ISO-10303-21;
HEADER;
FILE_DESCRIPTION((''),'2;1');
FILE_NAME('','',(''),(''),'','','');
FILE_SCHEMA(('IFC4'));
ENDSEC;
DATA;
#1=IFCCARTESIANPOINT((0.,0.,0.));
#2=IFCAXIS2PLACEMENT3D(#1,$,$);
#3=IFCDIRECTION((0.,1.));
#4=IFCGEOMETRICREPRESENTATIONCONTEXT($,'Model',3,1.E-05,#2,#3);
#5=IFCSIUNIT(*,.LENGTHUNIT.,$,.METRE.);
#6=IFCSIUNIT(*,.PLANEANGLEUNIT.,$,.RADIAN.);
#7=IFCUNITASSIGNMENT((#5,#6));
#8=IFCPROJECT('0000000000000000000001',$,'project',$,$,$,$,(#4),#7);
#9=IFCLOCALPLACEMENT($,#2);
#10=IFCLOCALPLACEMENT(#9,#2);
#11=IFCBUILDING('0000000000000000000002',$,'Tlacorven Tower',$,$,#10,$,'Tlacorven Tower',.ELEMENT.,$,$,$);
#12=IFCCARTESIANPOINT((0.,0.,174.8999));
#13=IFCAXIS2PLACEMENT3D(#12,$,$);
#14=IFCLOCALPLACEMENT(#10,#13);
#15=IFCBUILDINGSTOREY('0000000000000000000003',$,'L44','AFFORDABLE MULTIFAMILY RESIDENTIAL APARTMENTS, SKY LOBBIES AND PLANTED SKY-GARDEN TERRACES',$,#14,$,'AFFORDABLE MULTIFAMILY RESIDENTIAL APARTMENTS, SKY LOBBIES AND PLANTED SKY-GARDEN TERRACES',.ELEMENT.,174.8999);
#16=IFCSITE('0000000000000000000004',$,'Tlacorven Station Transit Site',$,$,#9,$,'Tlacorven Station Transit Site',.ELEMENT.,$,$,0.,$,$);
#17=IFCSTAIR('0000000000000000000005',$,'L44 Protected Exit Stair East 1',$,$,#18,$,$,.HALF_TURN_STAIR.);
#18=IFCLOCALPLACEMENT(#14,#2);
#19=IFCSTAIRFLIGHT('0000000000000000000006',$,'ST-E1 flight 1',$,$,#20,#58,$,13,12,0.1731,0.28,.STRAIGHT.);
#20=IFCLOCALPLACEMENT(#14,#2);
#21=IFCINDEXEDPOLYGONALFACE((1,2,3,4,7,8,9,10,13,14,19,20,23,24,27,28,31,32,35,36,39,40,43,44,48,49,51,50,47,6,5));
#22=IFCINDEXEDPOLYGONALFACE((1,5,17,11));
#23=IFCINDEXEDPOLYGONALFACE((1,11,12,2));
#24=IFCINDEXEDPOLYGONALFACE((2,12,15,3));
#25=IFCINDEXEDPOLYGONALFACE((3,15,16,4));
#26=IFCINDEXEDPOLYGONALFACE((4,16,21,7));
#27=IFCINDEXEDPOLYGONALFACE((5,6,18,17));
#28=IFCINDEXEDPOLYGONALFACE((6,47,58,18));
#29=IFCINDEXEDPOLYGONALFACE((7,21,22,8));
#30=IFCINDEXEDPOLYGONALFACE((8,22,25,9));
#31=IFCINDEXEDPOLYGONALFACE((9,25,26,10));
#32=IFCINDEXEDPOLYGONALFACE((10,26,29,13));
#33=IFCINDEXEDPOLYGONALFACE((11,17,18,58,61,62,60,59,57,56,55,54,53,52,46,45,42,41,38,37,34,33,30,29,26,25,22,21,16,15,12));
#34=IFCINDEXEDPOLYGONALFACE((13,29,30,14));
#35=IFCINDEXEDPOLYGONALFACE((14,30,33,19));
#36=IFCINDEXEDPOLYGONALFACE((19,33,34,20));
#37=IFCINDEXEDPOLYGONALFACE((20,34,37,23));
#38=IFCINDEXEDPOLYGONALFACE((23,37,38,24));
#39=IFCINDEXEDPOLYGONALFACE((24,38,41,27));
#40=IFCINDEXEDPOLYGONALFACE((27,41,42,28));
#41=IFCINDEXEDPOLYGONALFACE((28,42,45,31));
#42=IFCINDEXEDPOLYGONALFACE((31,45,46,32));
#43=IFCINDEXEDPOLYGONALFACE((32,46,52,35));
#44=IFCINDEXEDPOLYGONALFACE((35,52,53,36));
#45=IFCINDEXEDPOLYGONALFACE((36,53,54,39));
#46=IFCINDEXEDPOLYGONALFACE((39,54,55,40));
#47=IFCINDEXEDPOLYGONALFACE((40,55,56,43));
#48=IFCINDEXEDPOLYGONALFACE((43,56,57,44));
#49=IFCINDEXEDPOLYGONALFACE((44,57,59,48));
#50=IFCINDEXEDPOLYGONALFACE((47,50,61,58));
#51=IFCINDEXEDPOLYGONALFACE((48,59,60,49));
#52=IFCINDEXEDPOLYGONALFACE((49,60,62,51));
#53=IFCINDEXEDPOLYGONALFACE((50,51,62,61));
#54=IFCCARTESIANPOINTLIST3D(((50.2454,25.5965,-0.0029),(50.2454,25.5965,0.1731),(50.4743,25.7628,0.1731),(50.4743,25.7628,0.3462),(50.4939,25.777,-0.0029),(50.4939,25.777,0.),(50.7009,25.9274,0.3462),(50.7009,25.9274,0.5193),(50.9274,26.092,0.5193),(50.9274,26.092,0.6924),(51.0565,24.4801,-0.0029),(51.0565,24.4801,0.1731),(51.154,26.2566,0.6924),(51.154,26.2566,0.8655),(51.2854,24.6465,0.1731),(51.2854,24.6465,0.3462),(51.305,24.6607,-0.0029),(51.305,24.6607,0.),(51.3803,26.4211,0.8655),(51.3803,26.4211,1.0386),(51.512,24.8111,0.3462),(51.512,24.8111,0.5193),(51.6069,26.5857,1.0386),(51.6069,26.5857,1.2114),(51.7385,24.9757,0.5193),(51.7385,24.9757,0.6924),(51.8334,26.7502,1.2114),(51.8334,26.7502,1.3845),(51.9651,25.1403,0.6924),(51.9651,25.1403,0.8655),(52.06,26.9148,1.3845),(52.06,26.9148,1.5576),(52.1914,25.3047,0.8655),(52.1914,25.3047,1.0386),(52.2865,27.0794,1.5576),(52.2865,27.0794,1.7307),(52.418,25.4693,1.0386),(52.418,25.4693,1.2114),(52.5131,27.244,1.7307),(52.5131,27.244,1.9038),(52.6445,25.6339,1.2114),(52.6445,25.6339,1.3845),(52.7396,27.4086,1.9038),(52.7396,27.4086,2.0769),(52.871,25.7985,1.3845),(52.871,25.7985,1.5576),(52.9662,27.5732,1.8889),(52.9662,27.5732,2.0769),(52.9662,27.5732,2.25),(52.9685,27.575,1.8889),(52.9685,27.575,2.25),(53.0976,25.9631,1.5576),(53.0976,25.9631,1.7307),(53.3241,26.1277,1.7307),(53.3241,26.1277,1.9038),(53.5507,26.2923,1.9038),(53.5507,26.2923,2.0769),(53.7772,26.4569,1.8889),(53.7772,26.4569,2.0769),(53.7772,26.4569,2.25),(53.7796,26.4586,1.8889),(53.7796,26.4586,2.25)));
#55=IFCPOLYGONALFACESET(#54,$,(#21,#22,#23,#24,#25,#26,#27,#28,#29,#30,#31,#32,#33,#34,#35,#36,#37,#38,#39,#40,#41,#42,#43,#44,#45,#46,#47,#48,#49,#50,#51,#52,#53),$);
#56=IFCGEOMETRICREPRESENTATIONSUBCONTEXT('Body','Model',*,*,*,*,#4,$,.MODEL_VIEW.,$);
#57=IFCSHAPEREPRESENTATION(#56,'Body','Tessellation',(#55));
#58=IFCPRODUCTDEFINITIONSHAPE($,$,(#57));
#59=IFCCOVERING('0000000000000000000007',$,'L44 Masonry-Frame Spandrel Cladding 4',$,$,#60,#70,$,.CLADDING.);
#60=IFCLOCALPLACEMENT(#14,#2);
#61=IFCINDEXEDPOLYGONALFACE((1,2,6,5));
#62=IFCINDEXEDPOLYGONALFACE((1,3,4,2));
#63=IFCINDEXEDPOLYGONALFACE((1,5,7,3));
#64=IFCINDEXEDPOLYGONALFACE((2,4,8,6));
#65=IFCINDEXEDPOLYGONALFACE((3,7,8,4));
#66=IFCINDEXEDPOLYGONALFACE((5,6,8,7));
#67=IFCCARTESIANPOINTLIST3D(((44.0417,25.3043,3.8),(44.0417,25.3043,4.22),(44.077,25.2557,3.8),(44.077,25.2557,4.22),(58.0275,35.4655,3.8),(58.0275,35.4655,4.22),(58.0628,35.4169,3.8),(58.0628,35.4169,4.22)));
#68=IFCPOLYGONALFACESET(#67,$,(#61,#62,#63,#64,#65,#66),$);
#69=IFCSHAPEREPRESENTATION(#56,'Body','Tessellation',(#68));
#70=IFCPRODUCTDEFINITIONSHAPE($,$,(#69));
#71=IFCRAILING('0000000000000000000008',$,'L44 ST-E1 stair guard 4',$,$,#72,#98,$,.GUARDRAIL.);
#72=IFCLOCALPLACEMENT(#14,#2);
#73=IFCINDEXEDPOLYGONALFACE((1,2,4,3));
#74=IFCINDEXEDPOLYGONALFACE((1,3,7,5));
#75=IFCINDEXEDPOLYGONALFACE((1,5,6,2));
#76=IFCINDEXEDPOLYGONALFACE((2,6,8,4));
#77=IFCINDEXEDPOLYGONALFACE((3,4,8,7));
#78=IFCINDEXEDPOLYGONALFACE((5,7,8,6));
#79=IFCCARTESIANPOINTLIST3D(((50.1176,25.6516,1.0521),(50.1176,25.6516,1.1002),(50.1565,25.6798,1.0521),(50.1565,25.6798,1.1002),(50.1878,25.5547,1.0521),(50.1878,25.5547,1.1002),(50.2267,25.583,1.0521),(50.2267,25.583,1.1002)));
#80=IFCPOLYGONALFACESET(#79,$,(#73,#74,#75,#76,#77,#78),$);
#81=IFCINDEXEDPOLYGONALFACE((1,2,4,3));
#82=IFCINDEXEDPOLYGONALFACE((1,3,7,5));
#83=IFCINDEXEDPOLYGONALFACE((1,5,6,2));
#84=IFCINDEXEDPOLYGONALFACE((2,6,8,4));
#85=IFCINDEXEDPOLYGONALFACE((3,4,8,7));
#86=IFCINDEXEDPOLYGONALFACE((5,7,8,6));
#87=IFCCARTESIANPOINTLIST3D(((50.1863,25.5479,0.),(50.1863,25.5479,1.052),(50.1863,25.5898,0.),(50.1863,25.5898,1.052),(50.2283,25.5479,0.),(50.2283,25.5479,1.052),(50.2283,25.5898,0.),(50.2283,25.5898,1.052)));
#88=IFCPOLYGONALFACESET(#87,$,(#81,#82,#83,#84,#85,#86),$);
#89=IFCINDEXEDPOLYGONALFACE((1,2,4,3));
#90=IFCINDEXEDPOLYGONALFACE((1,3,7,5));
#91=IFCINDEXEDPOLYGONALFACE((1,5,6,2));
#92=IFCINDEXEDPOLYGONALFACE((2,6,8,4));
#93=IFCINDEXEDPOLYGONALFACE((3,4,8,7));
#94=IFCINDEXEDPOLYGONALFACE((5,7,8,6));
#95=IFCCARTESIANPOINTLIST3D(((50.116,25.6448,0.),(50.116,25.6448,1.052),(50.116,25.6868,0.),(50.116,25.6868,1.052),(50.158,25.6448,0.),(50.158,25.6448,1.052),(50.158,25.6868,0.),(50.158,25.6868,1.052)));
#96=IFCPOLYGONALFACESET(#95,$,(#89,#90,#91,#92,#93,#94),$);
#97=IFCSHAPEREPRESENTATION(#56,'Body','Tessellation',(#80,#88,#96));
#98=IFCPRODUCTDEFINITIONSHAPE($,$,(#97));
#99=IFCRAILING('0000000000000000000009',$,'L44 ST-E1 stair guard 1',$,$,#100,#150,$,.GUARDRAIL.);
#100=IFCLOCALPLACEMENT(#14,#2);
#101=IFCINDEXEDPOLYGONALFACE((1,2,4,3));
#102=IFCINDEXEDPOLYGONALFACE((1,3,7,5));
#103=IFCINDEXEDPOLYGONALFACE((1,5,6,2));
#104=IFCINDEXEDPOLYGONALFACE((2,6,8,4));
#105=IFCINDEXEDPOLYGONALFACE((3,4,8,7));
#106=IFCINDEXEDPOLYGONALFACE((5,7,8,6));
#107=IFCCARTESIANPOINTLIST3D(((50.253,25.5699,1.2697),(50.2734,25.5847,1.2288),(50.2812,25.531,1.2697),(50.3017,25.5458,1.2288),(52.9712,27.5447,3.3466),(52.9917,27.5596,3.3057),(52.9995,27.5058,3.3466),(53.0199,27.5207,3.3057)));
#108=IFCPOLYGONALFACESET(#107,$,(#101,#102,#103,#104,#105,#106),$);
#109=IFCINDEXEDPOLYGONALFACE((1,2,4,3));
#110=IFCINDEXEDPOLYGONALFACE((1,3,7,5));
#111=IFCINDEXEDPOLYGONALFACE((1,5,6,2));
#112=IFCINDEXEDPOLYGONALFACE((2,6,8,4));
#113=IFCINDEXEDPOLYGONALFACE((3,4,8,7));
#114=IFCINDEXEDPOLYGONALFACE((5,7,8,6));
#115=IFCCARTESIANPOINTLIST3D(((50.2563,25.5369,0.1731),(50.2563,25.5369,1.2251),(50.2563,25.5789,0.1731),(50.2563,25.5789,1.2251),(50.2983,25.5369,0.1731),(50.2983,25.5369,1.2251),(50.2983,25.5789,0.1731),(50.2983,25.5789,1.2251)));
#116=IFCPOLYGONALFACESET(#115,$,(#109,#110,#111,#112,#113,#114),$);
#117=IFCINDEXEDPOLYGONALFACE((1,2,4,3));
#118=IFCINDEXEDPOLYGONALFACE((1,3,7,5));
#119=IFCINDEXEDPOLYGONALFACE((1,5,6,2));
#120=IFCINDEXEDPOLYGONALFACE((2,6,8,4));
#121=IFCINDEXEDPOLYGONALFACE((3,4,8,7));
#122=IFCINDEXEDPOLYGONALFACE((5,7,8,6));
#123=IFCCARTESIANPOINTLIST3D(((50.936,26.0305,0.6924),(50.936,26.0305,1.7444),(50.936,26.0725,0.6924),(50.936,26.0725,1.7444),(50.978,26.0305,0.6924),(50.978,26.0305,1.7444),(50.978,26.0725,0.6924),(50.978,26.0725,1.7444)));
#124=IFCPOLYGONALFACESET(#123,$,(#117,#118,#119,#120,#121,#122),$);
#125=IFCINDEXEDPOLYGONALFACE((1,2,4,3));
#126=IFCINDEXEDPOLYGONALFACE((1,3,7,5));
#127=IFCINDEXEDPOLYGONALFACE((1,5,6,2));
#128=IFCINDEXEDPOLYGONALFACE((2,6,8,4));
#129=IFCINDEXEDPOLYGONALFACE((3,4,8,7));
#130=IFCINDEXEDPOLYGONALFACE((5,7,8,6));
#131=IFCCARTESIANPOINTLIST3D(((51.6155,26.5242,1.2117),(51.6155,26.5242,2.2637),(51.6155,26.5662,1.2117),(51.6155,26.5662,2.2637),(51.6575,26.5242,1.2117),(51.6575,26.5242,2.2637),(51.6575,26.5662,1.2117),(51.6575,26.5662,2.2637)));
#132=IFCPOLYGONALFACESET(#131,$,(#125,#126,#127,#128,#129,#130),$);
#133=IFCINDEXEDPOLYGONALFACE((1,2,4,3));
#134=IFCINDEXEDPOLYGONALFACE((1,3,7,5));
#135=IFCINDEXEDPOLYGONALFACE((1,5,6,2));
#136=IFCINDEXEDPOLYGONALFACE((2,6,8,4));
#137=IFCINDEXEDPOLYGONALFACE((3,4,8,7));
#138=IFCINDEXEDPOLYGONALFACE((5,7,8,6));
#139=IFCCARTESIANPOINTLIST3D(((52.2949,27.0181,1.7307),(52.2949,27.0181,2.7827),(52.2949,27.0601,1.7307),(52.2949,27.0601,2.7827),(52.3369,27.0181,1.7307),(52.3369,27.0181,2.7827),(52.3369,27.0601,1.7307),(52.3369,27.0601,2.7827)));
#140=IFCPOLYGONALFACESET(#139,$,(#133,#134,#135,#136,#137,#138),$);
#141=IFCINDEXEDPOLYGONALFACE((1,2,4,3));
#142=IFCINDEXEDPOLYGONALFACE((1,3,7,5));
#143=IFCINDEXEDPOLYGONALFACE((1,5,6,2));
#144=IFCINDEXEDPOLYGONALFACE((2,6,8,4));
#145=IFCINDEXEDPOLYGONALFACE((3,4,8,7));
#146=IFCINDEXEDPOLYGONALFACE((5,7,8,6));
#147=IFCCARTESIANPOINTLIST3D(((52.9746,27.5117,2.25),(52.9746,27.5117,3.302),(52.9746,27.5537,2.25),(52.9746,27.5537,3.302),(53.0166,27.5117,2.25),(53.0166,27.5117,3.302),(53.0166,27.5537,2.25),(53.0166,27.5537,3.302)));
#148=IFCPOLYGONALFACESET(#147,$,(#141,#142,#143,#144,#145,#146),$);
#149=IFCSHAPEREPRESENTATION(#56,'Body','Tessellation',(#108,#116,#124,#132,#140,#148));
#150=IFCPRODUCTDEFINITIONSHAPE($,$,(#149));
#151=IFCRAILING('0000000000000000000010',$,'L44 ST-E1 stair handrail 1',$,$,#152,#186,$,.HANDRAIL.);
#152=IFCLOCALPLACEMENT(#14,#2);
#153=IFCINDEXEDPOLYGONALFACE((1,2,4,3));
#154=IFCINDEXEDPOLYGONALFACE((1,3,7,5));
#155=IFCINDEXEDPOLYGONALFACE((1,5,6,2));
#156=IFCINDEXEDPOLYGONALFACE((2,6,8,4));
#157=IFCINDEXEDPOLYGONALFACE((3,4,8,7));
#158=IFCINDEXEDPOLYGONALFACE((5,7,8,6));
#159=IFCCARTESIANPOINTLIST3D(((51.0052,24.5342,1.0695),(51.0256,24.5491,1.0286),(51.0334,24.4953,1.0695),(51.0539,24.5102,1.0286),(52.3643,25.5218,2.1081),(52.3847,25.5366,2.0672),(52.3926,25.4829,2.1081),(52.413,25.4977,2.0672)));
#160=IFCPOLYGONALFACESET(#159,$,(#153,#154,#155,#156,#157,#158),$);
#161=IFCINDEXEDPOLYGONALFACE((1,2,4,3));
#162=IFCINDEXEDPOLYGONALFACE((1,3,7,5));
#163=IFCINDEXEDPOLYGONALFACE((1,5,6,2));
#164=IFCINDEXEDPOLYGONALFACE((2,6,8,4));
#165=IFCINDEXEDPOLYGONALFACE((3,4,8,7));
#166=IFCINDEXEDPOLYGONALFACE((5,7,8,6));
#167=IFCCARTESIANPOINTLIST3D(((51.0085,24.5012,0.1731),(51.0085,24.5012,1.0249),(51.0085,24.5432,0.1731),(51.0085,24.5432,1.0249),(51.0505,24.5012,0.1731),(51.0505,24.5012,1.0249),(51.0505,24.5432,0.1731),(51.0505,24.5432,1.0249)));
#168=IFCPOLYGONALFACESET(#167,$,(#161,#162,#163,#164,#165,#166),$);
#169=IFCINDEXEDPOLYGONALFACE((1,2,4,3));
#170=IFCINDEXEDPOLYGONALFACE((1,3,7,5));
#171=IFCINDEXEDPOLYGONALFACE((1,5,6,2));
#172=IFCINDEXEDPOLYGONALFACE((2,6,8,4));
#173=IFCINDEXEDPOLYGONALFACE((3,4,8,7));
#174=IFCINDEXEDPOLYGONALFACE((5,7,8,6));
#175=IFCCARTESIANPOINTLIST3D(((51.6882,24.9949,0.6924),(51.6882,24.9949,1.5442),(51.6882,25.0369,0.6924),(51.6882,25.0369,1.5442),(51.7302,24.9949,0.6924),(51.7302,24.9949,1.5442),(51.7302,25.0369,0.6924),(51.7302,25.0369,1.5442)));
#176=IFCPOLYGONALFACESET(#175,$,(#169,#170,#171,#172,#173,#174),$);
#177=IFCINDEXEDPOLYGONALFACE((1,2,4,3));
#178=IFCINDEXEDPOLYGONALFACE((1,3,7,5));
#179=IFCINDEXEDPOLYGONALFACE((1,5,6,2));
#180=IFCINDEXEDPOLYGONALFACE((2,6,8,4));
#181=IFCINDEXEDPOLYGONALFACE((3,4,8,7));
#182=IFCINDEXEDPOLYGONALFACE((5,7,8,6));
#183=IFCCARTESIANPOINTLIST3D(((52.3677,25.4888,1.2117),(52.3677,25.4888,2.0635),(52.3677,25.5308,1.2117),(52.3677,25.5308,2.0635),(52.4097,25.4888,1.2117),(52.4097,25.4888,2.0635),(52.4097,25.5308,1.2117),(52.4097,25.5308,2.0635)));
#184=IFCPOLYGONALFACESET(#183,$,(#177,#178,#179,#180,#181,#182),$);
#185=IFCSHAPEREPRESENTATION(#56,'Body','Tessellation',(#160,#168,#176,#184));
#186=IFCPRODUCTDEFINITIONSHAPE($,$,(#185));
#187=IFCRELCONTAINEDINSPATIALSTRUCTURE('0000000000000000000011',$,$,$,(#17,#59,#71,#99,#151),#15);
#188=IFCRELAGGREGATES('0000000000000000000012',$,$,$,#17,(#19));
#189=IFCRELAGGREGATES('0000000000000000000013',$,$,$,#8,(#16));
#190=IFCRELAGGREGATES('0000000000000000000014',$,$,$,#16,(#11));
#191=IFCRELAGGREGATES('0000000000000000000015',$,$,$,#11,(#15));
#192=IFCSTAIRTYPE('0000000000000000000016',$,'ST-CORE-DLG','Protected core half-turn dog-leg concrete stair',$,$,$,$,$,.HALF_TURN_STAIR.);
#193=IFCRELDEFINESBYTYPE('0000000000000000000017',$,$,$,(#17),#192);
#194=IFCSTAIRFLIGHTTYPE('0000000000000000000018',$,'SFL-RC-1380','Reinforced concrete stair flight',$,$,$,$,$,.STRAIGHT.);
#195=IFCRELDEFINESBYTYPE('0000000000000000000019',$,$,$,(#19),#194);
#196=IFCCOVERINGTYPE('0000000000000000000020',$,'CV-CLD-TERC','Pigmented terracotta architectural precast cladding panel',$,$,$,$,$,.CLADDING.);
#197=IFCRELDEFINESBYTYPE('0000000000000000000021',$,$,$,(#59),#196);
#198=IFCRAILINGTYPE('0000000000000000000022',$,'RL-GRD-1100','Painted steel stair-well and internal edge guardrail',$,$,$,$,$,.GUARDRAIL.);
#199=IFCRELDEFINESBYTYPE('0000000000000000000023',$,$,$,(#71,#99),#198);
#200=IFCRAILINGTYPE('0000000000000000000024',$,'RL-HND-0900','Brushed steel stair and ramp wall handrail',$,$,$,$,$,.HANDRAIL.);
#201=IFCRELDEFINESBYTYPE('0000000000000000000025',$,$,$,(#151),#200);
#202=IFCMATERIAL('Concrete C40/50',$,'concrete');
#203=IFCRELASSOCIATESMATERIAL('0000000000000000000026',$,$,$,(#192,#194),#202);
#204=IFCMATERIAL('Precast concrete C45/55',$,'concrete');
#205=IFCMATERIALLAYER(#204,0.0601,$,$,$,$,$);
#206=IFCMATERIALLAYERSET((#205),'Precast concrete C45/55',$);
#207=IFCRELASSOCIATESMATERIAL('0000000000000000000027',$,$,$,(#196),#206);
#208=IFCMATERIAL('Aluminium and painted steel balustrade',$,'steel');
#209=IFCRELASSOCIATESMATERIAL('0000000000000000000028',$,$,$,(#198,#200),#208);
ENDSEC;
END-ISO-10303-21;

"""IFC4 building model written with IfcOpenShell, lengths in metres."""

from ifc_helpers import new_model, si_unit, direction, frame, origin, origin_2d, place, context, subcontext, project, spatial, polyline, rectangle, outline, extrude, source, transform, mapped, material, layer, layer_set, type_object, element, aggregate, save


model = new_model("IFC4")

# Units and contexts
model_context = context("Model", 3, precision=1e-05, world=origin(), true_north=direction((0.0, 1.0)))
body_context = subcontext(model_context, "Body", "Model", "MODEL_VIEW")
ifc_project = project(units=[si_unit("LENGTHUNIT", "METRE"), si_unit("PLANEANGLEUNIT", "RADIAN")], contexts=[model_context])

# Site, building, storey
site_placement = place(None, origin())
site = spatial("IfcSite", under=ifc_project, at=site_placement, Name="Tlacorven Station Transit Site", LongName="Tlacorven Station Transit Site", CompositionType="ELEMENT", RefElevation=0.0)
building_placement = place(site_placement, origin())
building = spatial("IfcBuilding", under=site, at=building_placement, Name="Tlacorven Tower", LongName="Tlacorven Tower", CompositionType="ELEMENT")
storey_placement = place(building_placement, frame((0.0, 0.0, 174.8999)))
storey = spatial("IfcBuildingStorey", under=building, at=storey_placement, Name="L44", Description="AFFORDABLE MULTIFAMILY RESIDENTIAL APARTMENTS, SKY LOBBIES AND PLANTED SKY-GARDEN TERRACES", LongName="AFFORDABLE MULTIFAMILY RESIDENTIAL APARTMENTS, SKY LOBBIES AND PLANTED SKY-GARDEN TERRACES", CompositionType="ELEMENT", Elevation=174.8999)

# Shared definitions
ifc_material_1 = material(Name="Precast concrete C45/55", Category="concrete")

# Stair, stair flight
ifc_material_2 = material(Name="Concrete C40/50", Category="concrete")
stair_type = type_object("IfcStairType", Name="ST-CORE-DLG", Description="Protected core half-turn dog-leg concrete stair", PredefinedType="HALF_TURN_STAIR", material=ifc_material_2)
stair_placement = place(storey_placement, origin())
stair = element("IfcStair", 1, at=stair_placement, inside=storey, type_object=stair_type, Name="L44 Protected Exit Stair East 1", PredefinedType="HALF_TURN_STAIR")
stair_flight_type = type_object("IfcStairFlightType", Name="SFL-RC-1380", Description="Reinforced concrete stair flight", PredefinedType="STRAIGHT", material=ifc_material_2)
shared_shape_1 = source(origin(), body_context, "Body", "SweptSolid", [
    extrude(outline(polyline([(-0.0029, -0.0029), (-0.0029, 0.1731), (0.28, 0.1731), (0.28, 0.3462), (0.5601, 0.3462), (0.5601, 0.5193), (0.8401, 0.5193), (0.8401, 0.6924), (1.1201, 0.6924), (1.1201, 0.8655), (1.3999, 0.8655), (1.3999, 1.0386), (1.6799, 1.0386), (1.6799, 1.2114), (1.96, 1.2114), (1.96, 1.3845), (2.24, 1.3845), (2.24, 1.5576), (2.52, 1.5576), (2.52, 1.7307), (2.8, 1.7307), (2.8, 1.9038), (3.0801, 1.9038), (3.0801, 2.0769), (3.3601, 2.0769), (3.3601, 2.25), (3.363, 2.25), (3.363, 1.8889), (3.3601, 1.8889), (0.3042, 0.0), (0.3042, -0.0029), (-0.0029, -0.0029)])), frame((0.0, 0.6899, 0.0), z_axis=(0.0, -1.0, 0.0), x_axis=(1.0, 0.0, 0.0)), (0.0, 0.0, 1.0), 1.3799),
])
stair_flight_placement = place(storey_placement, frame((50.6533, 25.04, 0.0), z_axis=(0.0, 0.0, 1.0), x_axis=(0.809017, 0.587785, 0.0)))
stair_flight = element("IfcStairFlight", 2, at=stair_flight_placement, type_object=stair_flight_type, Name="ST-E1 flight 1", NumberOfRisers=13, NumberOfTreads=12, PredefinedType="STRAIGHT", RiserHeight=0.1731, TreadLength=0.28, context=body_context, shape_type="MappedRepresentation", body=[
    mapped(shared_shape_1, transform((0.0, 0.0, 0.0), scale=1.0)),
])
aggregate(stair, [stair_flight])

# Covering
ifc_layer_1 = layer(ifc_material_1, 0.0601)
ifc_layer_set_1 = layer_set([ifc_layer_1], Name="Precast concrete C45/55")
covering_type = type_object("IfcCoveringType", Name="CV-CLD-TERC", Description="Pigmented terracotta architectural precast cladding panel", PredefinedType="CLADDING", material=ifc_layer_set_1)
shared_shape_2 = source(origin(), body_context, "Body", "SweptSolid", [
    extrude(rectangle(XDim=17.2874, YDim=0.0601, at=origin_2d()), origin(), (0.0, 0.0, 1.0), 0.4199),
])
covering_placement = place(storey_placement, frame((51.0522, 30.3606, 3.8), z_axis=(0.0, 0.0, 1.0), x_axis=(0.809017, 0.587785, 0.0)))
element("IfcCovering", 3, at=covering_placement, inside=storey, type_object=covering_type, Name="L44 Masonry-Frame Spandrel Cladding 4", PredefinedType="CLADDING", context=body_context, shape_type="MappedRepresentation", body=[
    mapped(shared_shape_2, transform((0.0, 0.0, 0.0), scale=1.0)),
])

# Railings
ifc_material_3 = material(Name="Aluminium and painted steel balustrade", Category="steel")
railing_type_1 = type_object("IfcRailingType", Name="RL-GRD-1100", Description="Painted steel stair-well and internal edge guardrail", PredefinedType="GUARDRAIL", material=ifc_material_3)
shared_shape_3 = source(origin(), body_context, "Body", "SweptSolid", [
    extrude(rectangle(XDim=0.0481, YDim=0.0481, at=origin_2d()), frame((0.0, 0.0, 1.0762), z_axis=(-0.587201, 0.809441, 0.0), x_axis=(-0.809441, -0.587201, 0.0)), (0.0, 0.0, 1.0), 0.1196),
    extrude(rectangle(XDim=0.042, YDim=0.042, at=origin_2d()), origin(), (0.0, 0.0, 1.0), 1.052),
    extrude(rectangle(XDim=0.042, YDim=0.042, at=origin_2d()), frame((-0.0703, 0.0969, 0.0)), (0.0, 0.0, 1.0), 1.052),
])
railing_1_placement = place(storey_placement, frame((50.2073, 25.5688, 0.0)))
element("IfcRailing", 4, at=railing_1_placement, inside=storey, type_object=railing_type_1, Name="L44 ST-E1 stair guard 4", PredefinedType="GUARDRAIL", context=body_context, shape_type="MappedRepresentation", body=[
    mapped(shared_shape_3, transform((0.0, 0.0, 0.0), scale=1.0)),
])
shared_shape_4 = source(origin(), body_context, "Body", "SweptSolid", [
    extrude(rectangle(XDim=0.0481, YDim=0.0481, at=origin_2d()), frame((0.0, 0.0, 1.0762), z_axis=(0.688167, 0.499963, 0.525798), x_axis=(-0.58777, 0.809028, 0.0)), (0.0, 0.0, 1.0), 3.95),
    extrude(rectangle(XDim=0.042, YDim=0.042, at=origin_2d()), origin(), (0.0, 0.0, 1.0), 1.052),
    extrude(rectangle(XDim=0.042, YDim=0.042, at=origin_2d()), frame((0.6797, 0.4937, 0.5193)), (0.0, 0.0, 1.0), 1.052),
    extrude(rectangle(XDim=0.042, YDim=0.042, at=origin_2d()), frame((1.3591, 0.9873, 1.0386)), (0.0, 0.0, 1.0), 1.052),
    extrude(rectangle(XDim=0.042, YDim=0.042, at=origin_2d()), frame((2.0386, 1.4812, 1.5576)), (0.0, 0.0, 1.0), 1.052),
    extrude(rectangle(XDim=0.042, YDim=0.042, at=origin_2d()), frame((2.7183, 1.9749, 2.0769)), (0.0, 0.0, 1.0), 1.052),
])
railing_2_placement = place(storey_placement, frame((50.2773, 25.5579, 0.1731)))
element("IfcRailing", 5, at=railing_2_placement, inside=storey, type_object=railing_type_1, Name="L44 ST-E1 stair guard 1", PredefinedType="GUARDRAIL", context=body_context, shape_type="MappedRepresentation", body=[
    mapped(shared_shape_4, transform((0.0, 0.0, 0.0), scale=1.0)),
])
railing_type_2 = type_object("IfcRailingType", Name="RL-HND-0900", Description="Brushed steel stair and ramp wall handrail", PredefinedType="HANDRAIL", material=ifc_material_3)
shared_shape_5 = source(origin(), body_context, "Body", "SweptSolid", [
    extrude(rectangle(XDim=0.0481, YDim=0.0481, at=origin_2d()), frame((0.0, 0.0, 0.876), z_axis=(0.688123, 0.499993, 0.525827), x_axis=(-0.587817, 0.808994, 0.0)), (0.0, 0.0, 1.0), 1.9751),
    extrude(rectangle(XDim=0.042, YDim=0.042, at=origin_2d()), origin(), (0.0, 0.0, 1.0), 0.8518),
    extrude(rectangle(XDim=0.042, YDim=0.042, at=origin_2d()), frame((0.6797, 0.4937, 0.5193)), (0.0, 0.0, 1.0), 0.8518),
    extrude(rectangle(XDim=0.042, YDim=0.042, at=origin_2d()), frame((1.3591, 0.9875, 1.0386)), (0.0, 0.0, 1.0), 0.8518),
])
railing_3_placement = place(storey_placement, frame((51.0295, 24.5222, 0.1731)))
element("IfcRailing", 6, at=railing_3_placement, inside=storey, type_object=railing_type_2, Name="L44 ST-E1 stair handrail 1", PredefinedType="HANDRAIL", context=body_context, shape_type="MappedRepresentation", body=[
    mapped(shared_shape_5, transform((0.0, 0.0, 0.0), scale=1.0)),
])

save(model, "model.ifc")
